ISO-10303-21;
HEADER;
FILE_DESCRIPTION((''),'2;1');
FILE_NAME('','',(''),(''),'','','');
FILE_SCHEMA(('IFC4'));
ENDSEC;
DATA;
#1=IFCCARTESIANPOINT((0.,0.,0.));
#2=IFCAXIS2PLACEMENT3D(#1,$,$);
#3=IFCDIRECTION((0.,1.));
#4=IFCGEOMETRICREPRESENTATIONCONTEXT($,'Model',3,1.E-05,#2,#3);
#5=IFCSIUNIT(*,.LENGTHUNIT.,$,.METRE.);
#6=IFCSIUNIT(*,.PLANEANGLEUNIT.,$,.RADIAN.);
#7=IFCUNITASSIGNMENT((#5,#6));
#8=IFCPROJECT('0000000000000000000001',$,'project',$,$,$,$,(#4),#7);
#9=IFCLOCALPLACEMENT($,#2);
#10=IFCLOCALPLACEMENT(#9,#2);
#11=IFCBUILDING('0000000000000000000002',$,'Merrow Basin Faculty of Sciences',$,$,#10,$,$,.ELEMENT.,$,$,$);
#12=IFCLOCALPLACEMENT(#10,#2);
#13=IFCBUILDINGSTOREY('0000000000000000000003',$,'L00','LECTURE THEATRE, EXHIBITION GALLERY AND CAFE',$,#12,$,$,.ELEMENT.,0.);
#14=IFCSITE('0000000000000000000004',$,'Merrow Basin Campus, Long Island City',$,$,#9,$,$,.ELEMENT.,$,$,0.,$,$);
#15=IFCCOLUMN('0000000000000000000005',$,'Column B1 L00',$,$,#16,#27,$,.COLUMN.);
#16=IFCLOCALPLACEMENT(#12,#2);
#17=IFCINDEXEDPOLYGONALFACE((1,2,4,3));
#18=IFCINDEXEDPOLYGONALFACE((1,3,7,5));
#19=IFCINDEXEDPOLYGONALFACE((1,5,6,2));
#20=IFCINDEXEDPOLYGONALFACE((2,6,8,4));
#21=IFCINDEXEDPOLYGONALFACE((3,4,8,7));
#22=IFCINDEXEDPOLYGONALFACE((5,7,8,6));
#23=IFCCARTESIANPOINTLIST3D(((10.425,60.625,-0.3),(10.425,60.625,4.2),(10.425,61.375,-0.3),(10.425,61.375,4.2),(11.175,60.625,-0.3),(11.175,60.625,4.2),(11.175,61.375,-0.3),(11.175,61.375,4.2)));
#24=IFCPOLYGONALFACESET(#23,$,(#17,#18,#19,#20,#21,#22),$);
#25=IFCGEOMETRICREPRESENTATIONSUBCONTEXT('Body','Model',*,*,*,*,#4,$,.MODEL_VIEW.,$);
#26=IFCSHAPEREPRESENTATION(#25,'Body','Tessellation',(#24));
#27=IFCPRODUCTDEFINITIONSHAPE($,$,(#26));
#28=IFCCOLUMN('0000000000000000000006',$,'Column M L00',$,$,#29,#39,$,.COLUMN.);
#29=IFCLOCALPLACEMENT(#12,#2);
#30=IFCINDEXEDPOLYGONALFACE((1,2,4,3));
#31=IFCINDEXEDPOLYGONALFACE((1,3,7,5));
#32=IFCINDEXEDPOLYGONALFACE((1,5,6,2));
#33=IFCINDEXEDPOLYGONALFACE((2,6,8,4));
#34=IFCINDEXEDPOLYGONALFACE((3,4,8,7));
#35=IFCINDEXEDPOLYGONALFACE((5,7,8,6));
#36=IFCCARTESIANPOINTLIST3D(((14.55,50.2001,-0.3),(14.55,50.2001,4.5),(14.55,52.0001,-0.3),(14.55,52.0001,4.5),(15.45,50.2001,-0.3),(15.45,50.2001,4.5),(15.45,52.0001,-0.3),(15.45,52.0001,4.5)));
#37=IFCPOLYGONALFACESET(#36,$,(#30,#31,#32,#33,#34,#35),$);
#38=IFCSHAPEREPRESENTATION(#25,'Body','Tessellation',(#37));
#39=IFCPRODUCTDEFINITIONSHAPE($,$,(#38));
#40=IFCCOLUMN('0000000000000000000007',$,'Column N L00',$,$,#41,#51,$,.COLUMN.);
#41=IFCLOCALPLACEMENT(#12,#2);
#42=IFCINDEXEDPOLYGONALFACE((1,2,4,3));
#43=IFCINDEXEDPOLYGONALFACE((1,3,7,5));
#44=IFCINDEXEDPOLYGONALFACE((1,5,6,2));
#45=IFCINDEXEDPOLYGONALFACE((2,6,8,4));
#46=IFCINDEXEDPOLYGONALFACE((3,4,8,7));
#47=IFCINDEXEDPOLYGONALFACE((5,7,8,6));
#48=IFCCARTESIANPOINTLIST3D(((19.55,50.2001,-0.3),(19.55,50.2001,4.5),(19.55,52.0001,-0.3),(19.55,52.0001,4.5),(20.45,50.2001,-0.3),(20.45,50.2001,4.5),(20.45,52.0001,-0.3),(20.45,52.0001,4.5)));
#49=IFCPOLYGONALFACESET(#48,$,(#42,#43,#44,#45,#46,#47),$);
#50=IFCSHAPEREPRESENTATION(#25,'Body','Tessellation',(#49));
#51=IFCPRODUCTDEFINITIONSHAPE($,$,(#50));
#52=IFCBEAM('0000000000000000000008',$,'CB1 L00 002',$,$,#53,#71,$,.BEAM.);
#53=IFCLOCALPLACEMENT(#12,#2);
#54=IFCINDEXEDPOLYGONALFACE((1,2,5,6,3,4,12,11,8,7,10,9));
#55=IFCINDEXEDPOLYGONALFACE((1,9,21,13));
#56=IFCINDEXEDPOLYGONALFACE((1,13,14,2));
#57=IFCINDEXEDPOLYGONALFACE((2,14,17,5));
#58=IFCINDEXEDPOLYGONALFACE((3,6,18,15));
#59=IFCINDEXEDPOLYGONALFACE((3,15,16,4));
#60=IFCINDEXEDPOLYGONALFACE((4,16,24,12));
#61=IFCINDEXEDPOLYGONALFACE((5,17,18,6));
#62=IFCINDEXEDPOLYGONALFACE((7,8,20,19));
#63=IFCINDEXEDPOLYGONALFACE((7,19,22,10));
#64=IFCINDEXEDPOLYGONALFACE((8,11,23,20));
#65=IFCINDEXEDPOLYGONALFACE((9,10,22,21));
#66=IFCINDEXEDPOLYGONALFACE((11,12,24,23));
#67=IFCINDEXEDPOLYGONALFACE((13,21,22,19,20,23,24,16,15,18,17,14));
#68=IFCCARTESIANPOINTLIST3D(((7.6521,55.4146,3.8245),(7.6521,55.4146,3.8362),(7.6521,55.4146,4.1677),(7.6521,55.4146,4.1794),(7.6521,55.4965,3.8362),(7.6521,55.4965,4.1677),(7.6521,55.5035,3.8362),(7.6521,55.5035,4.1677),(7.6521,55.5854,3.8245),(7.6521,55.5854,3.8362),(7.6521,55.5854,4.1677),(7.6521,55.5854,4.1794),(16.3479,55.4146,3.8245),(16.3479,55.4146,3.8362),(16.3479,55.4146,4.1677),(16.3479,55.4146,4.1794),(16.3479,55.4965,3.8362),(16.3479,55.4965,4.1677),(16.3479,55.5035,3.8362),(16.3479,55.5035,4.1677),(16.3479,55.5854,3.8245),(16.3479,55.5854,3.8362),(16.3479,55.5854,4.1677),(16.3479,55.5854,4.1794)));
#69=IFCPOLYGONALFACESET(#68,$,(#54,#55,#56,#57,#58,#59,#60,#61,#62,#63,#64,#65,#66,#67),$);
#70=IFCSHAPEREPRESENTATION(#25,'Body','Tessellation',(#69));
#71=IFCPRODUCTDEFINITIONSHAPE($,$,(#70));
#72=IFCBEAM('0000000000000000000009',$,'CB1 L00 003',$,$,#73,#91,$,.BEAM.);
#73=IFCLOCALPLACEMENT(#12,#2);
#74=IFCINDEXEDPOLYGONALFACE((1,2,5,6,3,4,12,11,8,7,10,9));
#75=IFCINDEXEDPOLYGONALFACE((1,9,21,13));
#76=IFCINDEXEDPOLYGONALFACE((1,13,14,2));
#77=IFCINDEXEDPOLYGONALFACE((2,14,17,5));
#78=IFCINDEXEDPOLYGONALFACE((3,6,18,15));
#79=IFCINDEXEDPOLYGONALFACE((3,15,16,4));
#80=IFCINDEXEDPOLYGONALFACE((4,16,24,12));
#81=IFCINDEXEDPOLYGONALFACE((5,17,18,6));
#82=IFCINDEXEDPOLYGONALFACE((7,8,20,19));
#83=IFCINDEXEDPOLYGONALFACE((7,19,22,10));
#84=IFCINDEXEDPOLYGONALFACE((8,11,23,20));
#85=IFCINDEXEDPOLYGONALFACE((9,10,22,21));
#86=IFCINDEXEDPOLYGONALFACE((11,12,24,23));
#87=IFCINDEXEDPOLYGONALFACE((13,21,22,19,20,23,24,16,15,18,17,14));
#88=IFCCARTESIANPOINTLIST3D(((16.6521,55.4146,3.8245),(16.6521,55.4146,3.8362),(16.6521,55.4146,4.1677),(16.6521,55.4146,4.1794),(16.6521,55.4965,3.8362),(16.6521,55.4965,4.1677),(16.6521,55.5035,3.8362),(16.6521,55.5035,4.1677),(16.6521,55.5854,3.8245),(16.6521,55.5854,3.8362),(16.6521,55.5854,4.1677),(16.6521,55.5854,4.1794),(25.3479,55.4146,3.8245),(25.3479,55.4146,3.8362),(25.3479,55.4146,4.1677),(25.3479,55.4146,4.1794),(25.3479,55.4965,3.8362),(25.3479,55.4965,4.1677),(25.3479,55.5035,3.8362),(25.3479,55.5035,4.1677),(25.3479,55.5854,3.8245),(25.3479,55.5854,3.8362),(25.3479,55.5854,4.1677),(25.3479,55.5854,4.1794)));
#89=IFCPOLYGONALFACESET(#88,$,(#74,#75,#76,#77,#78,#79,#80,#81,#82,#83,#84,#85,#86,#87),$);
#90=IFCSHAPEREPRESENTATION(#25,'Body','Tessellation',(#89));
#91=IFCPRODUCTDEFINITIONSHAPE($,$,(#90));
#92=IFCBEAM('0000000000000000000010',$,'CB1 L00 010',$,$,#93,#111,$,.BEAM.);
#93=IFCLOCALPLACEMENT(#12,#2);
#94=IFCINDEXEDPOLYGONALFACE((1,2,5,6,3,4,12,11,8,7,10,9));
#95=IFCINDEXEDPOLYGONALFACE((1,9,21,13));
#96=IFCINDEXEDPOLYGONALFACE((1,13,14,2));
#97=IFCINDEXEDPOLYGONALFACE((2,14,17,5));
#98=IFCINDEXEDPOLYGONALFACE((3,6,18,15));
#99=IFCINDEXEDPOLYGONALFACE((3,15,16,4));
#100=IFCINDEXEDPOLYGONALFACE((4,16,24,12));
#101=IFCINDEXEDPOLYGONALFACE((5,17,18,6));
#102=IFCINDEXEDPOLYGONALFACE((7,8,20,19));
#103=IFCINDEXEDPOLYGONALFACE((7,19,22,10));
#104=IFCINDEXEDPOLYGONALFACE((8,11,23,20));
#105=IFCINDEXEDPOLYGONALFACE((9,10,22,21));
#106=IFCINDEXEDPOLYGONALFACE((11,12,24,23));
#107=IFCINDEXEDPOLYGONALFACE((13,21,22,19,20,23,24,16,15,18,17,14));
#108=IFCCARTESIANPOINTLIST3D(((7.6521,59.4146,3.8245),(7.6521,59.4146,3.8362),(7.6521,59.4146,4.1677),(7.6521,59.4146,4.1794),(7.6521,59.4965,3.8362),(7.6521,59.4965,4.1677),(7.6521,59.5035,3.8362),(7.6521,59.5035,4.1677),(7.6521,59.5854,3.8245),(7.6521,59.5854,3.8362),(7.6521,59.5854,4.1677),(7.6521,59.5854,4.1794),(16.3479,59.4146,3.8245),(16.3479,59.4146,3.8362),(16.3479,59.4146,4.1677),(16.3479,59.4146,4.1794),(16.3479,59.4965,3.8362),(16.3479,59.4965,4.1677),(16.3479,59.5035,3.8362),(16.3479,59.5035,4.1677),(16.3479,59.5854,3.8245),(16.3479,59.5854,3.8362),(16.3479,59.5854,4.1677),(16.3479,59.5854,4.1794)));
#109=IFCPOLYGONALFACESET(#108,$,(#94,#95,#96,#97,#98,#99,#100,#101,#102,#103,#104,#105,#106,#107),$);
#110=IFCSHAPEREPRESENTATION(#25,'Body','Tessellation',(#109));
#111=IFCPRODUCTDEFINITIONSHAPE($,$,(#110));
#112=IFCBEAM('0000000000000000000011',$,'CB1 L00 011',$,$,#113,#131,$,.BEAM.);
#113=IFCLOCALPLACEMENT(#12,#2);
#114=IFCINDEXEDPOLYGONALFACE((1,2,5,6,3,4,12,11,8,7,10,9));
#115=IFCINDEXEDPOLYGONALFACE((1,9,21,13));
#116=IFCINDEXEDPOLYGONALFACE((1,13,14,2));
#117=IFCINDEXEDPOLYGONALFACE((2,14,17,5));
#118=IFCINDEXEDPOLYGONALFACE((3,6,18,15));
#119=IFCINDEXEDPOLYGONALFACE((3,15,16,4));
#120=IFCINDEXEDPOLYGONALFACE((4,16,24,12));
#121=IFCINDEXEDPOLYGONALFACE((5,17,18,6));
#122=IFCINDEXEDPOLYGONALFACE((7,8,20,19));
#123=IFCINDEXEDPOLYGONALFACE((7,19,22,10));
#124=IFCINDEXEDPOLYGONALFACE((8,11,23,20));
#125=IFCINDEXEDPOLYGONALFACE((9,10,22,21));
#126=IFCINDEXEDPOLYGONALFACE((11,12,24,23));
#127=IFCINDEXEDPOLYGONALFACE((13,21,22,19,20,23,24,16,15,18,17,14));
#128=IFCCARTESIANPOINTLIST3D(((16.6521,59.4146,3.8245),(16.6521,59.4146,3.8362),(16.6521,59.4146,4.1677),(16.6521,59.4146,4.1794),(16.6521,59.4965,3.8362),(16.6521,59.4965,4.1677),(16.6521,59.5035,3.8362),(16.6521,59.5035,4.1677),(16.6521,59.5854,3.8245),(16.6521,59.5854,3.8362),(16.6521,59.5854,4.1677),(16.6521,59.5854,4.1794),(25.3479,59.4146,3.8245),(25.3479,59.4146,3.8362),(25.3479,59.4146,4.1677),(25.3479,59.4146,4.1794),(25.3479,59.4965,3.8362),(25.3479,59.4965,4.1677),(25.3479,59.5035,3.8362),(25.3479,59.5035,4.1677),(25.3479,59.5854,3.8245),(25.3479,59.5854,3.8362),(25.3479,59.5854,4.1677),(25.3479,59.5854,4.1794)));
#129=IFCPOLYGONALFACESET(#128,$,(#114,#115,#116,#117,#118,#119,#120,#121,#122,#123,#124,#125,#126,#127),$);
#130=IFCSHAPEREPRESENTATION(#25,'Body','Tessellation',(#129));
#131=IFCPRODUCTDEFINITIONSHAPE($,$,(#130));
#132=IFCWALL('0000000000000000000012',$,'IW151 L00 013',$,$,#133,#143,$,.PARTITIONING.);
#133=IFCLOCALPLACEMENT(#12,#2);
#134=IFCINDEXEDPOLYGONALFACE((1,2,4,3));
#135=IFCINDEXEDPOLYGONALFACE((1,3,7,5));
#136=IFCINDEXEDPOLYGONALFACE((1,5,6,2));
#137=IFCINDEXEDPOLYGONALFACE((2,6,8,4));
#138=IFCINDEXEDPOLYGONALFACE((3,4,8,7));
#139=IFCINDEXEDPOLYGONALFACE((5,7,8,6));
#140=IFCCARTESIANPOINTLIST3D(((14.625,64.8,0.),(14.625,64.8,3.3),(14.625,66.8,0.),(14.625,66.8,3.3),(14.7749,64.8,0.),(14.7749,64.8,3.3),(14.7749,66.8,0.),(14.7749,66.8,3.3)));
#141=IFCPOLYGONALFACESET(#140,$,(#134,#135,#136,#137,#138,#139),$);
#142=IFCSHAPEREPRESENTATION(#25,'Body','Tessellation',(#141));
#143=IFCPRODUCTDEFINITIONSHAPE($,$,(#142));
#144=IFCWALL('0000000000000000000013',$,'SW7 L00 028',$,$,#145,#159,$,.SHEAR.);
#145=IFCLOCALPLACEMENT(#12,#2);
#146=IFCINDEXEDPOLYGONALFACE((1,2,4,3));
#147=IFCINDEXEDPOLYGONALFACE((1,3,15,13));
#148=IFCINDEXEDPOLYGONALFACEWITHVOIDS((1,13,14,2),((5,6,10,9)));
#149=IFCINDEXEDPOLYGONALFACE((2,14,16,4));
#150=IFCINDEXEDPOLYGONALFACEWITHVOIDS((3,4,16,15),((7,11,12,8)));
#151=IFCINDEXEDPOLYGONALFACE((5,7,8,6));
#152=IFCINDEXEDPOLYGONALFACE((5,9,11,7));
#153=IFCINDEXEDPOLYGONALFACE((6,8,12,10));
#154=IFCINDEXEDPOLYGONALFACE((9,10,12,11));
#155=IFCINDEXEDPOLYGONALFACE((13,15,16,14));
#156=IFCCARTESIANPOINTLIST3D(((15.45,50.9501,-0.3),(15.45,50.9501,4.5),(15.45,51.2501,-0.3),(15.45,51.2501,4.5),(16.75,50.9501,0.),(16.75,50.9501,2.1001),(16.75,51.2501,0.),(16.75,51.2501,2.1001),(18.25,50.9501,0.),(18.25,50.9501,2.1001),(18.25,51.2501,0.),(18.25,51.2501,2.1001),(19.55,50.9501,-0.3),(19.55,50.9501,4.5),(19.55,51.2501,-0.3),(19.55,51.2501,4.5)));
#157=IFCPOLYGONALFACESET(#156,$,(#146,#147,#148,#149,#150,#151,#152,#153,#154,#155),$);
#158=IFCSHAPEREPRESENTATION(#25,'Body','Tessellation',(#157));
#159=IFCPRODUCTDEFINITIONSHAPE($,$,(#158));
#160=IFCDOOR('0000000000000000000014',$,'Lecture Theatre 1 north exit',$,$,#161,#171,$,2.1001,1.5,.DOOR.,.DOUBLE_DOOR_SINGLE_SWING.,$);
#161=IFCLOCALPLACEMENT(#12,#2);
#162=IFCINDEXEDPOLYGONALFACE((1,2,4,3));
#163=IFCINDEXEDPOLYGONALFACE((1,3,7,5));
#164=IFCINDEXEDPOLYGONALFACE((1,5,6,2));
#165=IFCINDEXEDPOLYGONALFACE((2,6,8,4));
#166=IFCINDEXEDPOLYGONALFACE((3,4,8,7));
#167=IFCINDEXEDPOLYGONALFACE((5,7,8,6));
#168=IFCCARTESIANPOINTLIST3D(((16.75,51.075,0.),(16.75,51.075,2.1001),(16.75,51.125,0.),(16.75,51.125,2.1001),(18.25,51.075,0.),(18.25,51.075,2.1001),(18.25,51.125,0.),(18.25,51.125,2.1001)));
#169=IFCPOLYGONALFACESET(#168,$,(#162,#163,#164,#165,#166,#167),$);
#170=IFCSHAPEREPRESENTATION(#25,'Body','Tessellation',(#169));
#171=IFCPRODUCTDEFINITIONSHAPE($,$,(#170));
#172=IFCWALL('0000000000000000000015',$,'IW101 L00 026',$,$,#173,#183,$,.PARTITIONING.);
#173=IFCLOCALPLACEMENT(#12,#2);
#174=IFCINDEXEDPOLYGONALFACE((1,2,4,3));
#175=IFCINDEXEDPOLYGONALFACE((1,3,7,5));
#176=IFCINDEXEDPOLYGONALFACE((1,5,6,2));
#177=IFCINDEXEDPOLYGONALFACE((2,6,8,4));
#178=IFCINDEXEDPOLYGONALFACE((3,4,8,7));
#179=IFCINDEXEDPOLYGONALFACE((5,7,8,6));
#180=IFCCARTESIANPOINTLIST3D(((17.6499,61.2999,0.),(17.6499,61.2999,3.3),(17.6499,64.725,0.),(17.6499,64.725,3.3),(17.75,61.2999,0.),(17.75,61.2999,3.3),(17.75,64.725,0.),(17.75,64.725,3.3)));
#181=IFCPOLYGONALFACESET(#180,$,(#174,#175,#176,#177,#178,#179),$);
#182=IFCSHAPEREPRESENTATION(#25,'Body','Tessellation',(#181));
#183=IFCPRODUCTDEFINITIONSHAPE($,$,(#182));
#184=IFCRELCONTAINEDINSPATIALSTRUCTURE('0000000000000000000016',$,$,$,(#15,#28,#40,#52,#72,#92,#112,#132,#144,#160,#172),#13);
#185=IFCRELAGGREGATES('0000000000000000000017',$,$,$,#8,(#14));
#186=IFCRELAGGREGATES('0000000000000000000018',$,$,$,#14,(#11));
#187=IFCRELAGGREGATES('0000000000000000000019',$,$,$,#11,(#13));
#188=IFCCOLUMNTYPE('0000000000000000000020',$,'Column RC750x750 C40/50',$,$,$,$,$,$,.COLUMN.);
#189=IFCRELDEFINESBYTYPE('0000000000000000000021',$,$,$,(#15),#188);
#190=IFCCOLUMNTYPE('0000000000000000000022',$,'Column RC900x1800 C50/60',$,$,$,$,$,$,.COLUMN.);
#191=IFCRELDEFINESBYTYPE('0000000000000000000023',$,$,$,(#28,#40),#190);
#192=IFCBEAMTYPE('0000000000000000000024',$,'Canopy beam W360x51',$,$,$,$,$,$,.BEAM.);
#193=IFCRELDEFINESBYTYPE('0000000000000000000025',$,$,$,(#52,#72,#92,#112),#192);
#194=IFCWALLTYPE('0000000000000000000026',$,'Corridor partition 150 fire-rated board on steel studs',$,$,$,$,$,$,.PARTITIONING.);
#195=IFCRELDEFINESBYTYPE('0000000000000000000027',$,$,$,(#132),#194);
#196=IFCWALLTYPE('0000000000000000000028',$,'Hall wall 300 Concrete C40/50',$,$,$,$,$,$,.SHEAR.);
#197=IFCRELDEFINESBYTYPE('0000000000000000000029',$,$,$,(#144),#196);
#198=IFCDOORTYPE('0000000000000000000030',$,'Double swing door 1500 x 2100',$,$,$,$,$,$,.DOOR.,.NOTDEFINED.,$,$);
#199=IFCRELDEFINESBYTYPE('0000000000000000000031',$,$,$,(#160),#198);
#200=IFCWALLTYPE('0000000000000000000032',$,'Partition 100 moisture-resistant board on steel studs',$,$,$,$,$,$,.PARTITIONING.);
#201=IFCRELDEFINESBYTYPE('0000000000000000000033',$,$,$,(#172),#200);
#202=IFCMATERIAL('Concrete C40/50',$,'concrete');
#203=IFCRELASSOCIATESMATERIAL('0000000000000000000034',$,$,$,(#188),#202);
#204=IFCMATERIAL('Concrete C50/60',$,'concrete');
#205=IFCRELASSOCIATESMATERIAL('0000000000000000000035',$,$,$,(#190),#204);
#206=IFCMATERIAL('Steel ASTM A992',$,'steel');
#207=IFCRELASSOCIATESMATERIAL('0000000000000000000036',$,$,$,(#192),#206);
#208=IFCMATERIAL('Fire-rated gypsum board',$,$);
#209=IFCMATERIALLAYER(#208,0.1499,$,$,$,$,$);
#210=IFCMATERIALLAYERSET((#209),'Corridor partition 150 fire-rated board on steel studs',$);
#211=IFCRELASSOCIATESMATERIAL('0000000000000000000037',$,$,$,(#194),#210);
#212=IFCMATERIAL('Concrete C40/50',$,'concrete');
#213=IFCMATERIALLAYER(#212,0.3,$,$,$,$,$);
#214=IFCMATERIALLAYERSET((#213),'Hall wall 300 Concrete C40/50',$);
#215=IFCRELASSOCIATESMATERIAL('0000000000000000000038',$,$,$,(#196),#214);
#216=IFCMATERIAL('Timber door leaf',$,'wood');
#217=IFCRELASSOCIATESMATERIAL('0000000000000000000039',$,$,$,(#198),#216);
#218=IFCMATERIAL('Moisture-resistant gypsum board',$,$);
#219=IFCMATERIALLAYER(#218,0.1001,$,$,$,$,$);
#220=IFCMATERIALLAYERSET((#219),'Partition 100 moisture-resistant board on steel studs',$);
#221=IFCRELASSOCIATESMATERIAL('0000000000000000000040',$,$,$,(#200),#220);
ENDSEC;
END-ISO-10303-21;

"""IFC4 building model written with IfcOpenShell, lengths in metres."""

from ifc_helpers import new_model, si_unit, direction, frame, frame_2d, origin, origin_2d, place, context, subcontext, project, spatial, rectangle, i_section, extrude, material, layer, layer_set, material_profile, profile_set, type_object, element, fill, save


model = new_model("IFC4")

# Units and contexts
model_context = context("Model", 3, precision=1e-05, world=origin(), true_north=direction((0.0, 1.0)))
body_context = subcontext(model_context, "Body", "Model", "MODEL_VIEW")
ifc_project = project(units=[si_unit("LENGTHUNIT", "METRE"), si_unit("PLANEANGLEUNIT", "RADIAN")], contexts=[model_context])

# Site, building, storey
site_placement = place(None, origin())
site = spatial("IfcSite", under=ifc_project, at=site_placement, Name="Merrow Basin Campus, Long Island City", CompositionType="ELEMENT", RefElevation=0.0)
building_placement = place(site_placement, origin())
building = spatial("IfcBuilding", under=site, at=building_placement, Name="Merrow Basin Faculty of Sciences", CompositionType="ELEMENT")
storey_placement = place(building_placement, origin())
storey = spatial("IfcBuildingStorey", under=building, at=storey_placement, Name="L00", Description="LECTURE THEATRE, EXHIBITION GALLERY AND CAFE", CompositionType="ELEMENT", Elevation=0.0)

# Columns
ifc_material_1 = material(Name="Concrete C40/50", Category="concrete")
ifc_material_profile_1 = material_profile(ifc_material_1, rectangle(XDim=0.75, YDim=0.75, at=origin_2d()))
ifc_profile_set_1 = profile_set([ifc_material_profile_1], Name="Concrete C40/50")
column_type_1 = type_object("IfcColumnType", Name="Column RC750x750 C40/50", PredefinedType="COLUMN", material=ifc_profile_set_1)
column_placement = place(storey_placement, frame((10.8, 61.0, -0.3), z_axis=(0.0, 0.0, 1.0), x_axis=(1.0, 0.0, 0.0)))
element("IfcColumn", 1, at=column_placement, inside=storey, type_object=column_type_1, Name="Column B1 L00", PredefinedType="COLUMN", context=body_context, shape_type="SweptSolid", body=[
    extrude(rectangle(XDim=0.75, YDim=0.75, at=origin_2d()), origin(), (0.0, 0.0, 1.0), 4.5),
])
ifc_material_2 = material(Name="Concrete C50/60", Category="concrete")
ifc_material_profile_2 = material_profile(ifc_material_2, rectangle(XDim=0.8999, YDim=1.8, at=origin_2d()))
ifc_profile_set_2 = profile_set([ifc_material_profile_2], Name="Concrete C50/60")
column_type_2 = type_object("IfcColumnType", Name="Column RC900x1800 C50/60", PredefinedType="COLUMN", material=ifc_profile_set_2)
for number, where, z_axis, x_axis, name in (
    (2, (15.0, 51.1001, -0.3), (0.0, 0.0, 1.0), (1.0, 0.0, 0.0), "Column M L00"),
    (3, (20.0, 51.1001, -0.3), (0.0, 0.0, 1.0), (1.0, 0.0, 0.0), "Column N L00"),
):
    element("IfcColumn", number, at=place(storey_placement, frame(where, z_axis=z_axis, x_axis=x_axis)), inside=storey, type_object=column_type_2, Name=name, PredefinedType="COLUMN", context=body_context, shape_type="SweptSolid", body=[
        extrude(rectangle(XDim=0.8999, YDim=1.8, at=origin_2d()), origin(), (0.0, 0.0, 1.0), 4.8),
    ])

# Beams
ifc_material_3 = material(Name="Steel ASTM A992", Category="steel")
ifc_material_profile_3 = material_profile(ifc_material_3, i_section(OverallWidth=0.1709, OverallDepth=0.355, WebThickness=0.0071, FlangeThickness=0.0117, at=origin_2d()))
ifc_profile_set_3 = profile_set([ifc_material_profile_3], Name="Steel ASTM A992")
beam_type = type_object("IfcBeamType", Name="Canopy beam W360x51", PredefinedType="BEAM", material=ifc_profile_set_3)
for number, where, z_axis, x_axis, name in (
    (4, (7.6521, 55.5, 4.002), (1.0, 0.0, 0.0), (0.0, 1.0, 0.0), "CB1 L00 002"),
    (5, (16.6521, 55.5, 4.002), (1.0, 0.0, 0.0), (0.0, 1.0, 0.0), "CB1 L00 003"),
    (6, (7.6521, 59.5, 4.002), (1.0, 0.0, 0.0), (0.0, 1.0, 0.0), "CB1 L00 010"),
    (7, (16.6521, 59.5, 4.002), (1.0, 0.0, 0.0), (0.0, 1.0, 0.0), "CB1 L00 011"),
):
    element("IfcBeam", number, at=place(storey_placement, frame(where, z_axis=z_axis, x_axis=x_axis)), inside=storey, type_object=beam_type, Name=name, PredefinedType="BEAM", context=body_context, shape_type="SweptSolid", body=[
        extrude(i_section(OverallWidth=0.1709, OverallDepth=0.355, WebThickness=0.0071, FlangeThickness=0.0117, at=origin_2d()), origin(), (0.0, 0.0, 1.0), 8.6958),
    ])

# Wall
ifc_material_4 = material(Name="Fire-rated gypsum board")
ifc_layer_1 = layer(ifc_material_4, 0.1499)
ifc_layer_set_1 = layer_set([ifc_layer_1], Name="Corridor partition 150 fire-rated board on steel studs")
wall_type_1 = type_object("IfcWallType", Name="Corridor partition 150 fire-rated board on steel studs", PredefinedType="PARTITIONING", material=ifc_layer_set_1)
wall_1_placement = place(storey_placement, frame((14.7, 64.8, 0.0), z_axis=(0.0, 0.0, 1.0), x_axis=(0.0, 1.0, 0.0)))
element("IfcWall", 8, at=wall_1_placement, inside=storey, type_object=wall_type_1, Name="IW151 L00 013", PredefinedType="PARTITIONING", context=body_context, shape_type="SweptSolid", body=[
    extrude(rectangle(XDim=2.0, YDim=0.1499, at=frame_2d((1.0, 0.0))), origin(), (0.0, 0.0, 1.0), 3.3),
])

# Wall, opening, door
ifc_material_5 = material(Name="Concrete C40/50", Category="concrete")
ifc_layer_2 = layer(ifc_material_5, 0.3)
ifc_layer_set_2 = layer_set([ifc_layer_2], Name="Hall wall 300 Concrete C40/50")
wall_type_2 = type_object("IfcWallType", Name="Hall wall 300 Concrete C40/50", PredefinedType="SHEAR", material=ifc_layer_set_2)
wall_2_placement = place(storey_placement, frame((15.45, 51.1001, -0.3), z_axis=(0.0, 0.0, 1.0), x_axis=(1.0, 0.0, 0.0)))
wall_2 = element("IfcWall", 9, at=wall_2_placement, inside=storey, type_object=wall_type_2, Name="SW7 L00 028", PredefinedType="SHEAR", context=body_context, shape_type="SweptSolid", body=[
    extrude(rectangle(XDim=4.1001, YDim=0.3, at=frame_2d((2.05, 0.0))), origin(), (0.0, 0.0, 1.0), 4.8),
])
opening_1_placement = place(wall_2_placement, frame((1.3, 0.0, 0.3)))
opening_1 = element("IfcOpeningElement", 10, at=opening_1_placement, cuts=wall_2, PredefinedType="OPENING", context=body_context, shape_type="SweptSolid", body=[
    extrude(rectangle(XDim=1.5, YDim=2.1001, at=frame_2d((0.75, 1.05))), frame((0.0, 0.1599, 0.0), z_axis=(0.0, -1.0, 0.0), x_axis=(1.0, 0.0, 0.0)), (0.0, 0.0, 1.0), 0.3201),
])
ifc_material_6 = material(Name="Timber door leaf", Category="wood")
door_type_1 = type_object("IfcDoorType", Name="Double swing door 1500 x 2100", OperationType="NOTDEFINED", PredefinedType="DOOR", material=ifc_material_6)
door_1_placement = place(opening_1_placement, origin())
door_1 = element("IfcDoor", 11, at=door_1_placement, inside=storey, type_object=door_type_1, Name="Lecture Theatre 1 north exit", OperationType="DOUBLE_DOOR_SINGLE_SWING", OverallHeight=2.1001, OverallWidth=1.5, PredefinedType="DOOR", context=body_context, shape_type="SweptSolid", body=[
    extrude(rectangle(XDim=1.5, YDim=2.1001, at=frame_2d((0.75, 1.05))), frame((0.0, 0.0249, 0.0), z_axis=(0.0, -1.0, 0.0), x_axis=(1.0, 0.0, 0.0)), (0.0, 0.0, 1.0), 0.05),
])
fill(opening_1, door_1)

# Wall
ifc_material_7 = material(Name="Moisture-resistant gypsum board")
ifc_layer_3 = layer(ifc_material_7, 0.1001)
ifc_layer_set_3 = layer_set([ifc_layer_3], Name="Partition 100 moisture-resistant board on steel studs")
wall_type_3 = type_object("IfcWallType", Name="Partition 100 moisture-resistant board on steel studs", PredefinedType="PARTITIONING", material=ifc_layer_set_3)
wall_3_placement = place(storey_placement, frame((17.7, 61.3, 0.0), z_axis=(0.0, 0.0, 1.0), x_axis=(0.0, 1.0, 0.0)))
element("IfcWall", 12, at=wall_3_placement, inside=storey, type_object=wall_type_3, Name="IW101 L00 026", PredefinedType="PARTITIONING", context=body_context, shape_type="SweptSolid", body=[
    extrude(rectangle(XDim=3.425, YDim=0.1001, at=frame_2d((1.7124, 0.0))), origin(), (0.0, 0.0, 1.0), 3.3),
])

save(model, "model.ifc")
